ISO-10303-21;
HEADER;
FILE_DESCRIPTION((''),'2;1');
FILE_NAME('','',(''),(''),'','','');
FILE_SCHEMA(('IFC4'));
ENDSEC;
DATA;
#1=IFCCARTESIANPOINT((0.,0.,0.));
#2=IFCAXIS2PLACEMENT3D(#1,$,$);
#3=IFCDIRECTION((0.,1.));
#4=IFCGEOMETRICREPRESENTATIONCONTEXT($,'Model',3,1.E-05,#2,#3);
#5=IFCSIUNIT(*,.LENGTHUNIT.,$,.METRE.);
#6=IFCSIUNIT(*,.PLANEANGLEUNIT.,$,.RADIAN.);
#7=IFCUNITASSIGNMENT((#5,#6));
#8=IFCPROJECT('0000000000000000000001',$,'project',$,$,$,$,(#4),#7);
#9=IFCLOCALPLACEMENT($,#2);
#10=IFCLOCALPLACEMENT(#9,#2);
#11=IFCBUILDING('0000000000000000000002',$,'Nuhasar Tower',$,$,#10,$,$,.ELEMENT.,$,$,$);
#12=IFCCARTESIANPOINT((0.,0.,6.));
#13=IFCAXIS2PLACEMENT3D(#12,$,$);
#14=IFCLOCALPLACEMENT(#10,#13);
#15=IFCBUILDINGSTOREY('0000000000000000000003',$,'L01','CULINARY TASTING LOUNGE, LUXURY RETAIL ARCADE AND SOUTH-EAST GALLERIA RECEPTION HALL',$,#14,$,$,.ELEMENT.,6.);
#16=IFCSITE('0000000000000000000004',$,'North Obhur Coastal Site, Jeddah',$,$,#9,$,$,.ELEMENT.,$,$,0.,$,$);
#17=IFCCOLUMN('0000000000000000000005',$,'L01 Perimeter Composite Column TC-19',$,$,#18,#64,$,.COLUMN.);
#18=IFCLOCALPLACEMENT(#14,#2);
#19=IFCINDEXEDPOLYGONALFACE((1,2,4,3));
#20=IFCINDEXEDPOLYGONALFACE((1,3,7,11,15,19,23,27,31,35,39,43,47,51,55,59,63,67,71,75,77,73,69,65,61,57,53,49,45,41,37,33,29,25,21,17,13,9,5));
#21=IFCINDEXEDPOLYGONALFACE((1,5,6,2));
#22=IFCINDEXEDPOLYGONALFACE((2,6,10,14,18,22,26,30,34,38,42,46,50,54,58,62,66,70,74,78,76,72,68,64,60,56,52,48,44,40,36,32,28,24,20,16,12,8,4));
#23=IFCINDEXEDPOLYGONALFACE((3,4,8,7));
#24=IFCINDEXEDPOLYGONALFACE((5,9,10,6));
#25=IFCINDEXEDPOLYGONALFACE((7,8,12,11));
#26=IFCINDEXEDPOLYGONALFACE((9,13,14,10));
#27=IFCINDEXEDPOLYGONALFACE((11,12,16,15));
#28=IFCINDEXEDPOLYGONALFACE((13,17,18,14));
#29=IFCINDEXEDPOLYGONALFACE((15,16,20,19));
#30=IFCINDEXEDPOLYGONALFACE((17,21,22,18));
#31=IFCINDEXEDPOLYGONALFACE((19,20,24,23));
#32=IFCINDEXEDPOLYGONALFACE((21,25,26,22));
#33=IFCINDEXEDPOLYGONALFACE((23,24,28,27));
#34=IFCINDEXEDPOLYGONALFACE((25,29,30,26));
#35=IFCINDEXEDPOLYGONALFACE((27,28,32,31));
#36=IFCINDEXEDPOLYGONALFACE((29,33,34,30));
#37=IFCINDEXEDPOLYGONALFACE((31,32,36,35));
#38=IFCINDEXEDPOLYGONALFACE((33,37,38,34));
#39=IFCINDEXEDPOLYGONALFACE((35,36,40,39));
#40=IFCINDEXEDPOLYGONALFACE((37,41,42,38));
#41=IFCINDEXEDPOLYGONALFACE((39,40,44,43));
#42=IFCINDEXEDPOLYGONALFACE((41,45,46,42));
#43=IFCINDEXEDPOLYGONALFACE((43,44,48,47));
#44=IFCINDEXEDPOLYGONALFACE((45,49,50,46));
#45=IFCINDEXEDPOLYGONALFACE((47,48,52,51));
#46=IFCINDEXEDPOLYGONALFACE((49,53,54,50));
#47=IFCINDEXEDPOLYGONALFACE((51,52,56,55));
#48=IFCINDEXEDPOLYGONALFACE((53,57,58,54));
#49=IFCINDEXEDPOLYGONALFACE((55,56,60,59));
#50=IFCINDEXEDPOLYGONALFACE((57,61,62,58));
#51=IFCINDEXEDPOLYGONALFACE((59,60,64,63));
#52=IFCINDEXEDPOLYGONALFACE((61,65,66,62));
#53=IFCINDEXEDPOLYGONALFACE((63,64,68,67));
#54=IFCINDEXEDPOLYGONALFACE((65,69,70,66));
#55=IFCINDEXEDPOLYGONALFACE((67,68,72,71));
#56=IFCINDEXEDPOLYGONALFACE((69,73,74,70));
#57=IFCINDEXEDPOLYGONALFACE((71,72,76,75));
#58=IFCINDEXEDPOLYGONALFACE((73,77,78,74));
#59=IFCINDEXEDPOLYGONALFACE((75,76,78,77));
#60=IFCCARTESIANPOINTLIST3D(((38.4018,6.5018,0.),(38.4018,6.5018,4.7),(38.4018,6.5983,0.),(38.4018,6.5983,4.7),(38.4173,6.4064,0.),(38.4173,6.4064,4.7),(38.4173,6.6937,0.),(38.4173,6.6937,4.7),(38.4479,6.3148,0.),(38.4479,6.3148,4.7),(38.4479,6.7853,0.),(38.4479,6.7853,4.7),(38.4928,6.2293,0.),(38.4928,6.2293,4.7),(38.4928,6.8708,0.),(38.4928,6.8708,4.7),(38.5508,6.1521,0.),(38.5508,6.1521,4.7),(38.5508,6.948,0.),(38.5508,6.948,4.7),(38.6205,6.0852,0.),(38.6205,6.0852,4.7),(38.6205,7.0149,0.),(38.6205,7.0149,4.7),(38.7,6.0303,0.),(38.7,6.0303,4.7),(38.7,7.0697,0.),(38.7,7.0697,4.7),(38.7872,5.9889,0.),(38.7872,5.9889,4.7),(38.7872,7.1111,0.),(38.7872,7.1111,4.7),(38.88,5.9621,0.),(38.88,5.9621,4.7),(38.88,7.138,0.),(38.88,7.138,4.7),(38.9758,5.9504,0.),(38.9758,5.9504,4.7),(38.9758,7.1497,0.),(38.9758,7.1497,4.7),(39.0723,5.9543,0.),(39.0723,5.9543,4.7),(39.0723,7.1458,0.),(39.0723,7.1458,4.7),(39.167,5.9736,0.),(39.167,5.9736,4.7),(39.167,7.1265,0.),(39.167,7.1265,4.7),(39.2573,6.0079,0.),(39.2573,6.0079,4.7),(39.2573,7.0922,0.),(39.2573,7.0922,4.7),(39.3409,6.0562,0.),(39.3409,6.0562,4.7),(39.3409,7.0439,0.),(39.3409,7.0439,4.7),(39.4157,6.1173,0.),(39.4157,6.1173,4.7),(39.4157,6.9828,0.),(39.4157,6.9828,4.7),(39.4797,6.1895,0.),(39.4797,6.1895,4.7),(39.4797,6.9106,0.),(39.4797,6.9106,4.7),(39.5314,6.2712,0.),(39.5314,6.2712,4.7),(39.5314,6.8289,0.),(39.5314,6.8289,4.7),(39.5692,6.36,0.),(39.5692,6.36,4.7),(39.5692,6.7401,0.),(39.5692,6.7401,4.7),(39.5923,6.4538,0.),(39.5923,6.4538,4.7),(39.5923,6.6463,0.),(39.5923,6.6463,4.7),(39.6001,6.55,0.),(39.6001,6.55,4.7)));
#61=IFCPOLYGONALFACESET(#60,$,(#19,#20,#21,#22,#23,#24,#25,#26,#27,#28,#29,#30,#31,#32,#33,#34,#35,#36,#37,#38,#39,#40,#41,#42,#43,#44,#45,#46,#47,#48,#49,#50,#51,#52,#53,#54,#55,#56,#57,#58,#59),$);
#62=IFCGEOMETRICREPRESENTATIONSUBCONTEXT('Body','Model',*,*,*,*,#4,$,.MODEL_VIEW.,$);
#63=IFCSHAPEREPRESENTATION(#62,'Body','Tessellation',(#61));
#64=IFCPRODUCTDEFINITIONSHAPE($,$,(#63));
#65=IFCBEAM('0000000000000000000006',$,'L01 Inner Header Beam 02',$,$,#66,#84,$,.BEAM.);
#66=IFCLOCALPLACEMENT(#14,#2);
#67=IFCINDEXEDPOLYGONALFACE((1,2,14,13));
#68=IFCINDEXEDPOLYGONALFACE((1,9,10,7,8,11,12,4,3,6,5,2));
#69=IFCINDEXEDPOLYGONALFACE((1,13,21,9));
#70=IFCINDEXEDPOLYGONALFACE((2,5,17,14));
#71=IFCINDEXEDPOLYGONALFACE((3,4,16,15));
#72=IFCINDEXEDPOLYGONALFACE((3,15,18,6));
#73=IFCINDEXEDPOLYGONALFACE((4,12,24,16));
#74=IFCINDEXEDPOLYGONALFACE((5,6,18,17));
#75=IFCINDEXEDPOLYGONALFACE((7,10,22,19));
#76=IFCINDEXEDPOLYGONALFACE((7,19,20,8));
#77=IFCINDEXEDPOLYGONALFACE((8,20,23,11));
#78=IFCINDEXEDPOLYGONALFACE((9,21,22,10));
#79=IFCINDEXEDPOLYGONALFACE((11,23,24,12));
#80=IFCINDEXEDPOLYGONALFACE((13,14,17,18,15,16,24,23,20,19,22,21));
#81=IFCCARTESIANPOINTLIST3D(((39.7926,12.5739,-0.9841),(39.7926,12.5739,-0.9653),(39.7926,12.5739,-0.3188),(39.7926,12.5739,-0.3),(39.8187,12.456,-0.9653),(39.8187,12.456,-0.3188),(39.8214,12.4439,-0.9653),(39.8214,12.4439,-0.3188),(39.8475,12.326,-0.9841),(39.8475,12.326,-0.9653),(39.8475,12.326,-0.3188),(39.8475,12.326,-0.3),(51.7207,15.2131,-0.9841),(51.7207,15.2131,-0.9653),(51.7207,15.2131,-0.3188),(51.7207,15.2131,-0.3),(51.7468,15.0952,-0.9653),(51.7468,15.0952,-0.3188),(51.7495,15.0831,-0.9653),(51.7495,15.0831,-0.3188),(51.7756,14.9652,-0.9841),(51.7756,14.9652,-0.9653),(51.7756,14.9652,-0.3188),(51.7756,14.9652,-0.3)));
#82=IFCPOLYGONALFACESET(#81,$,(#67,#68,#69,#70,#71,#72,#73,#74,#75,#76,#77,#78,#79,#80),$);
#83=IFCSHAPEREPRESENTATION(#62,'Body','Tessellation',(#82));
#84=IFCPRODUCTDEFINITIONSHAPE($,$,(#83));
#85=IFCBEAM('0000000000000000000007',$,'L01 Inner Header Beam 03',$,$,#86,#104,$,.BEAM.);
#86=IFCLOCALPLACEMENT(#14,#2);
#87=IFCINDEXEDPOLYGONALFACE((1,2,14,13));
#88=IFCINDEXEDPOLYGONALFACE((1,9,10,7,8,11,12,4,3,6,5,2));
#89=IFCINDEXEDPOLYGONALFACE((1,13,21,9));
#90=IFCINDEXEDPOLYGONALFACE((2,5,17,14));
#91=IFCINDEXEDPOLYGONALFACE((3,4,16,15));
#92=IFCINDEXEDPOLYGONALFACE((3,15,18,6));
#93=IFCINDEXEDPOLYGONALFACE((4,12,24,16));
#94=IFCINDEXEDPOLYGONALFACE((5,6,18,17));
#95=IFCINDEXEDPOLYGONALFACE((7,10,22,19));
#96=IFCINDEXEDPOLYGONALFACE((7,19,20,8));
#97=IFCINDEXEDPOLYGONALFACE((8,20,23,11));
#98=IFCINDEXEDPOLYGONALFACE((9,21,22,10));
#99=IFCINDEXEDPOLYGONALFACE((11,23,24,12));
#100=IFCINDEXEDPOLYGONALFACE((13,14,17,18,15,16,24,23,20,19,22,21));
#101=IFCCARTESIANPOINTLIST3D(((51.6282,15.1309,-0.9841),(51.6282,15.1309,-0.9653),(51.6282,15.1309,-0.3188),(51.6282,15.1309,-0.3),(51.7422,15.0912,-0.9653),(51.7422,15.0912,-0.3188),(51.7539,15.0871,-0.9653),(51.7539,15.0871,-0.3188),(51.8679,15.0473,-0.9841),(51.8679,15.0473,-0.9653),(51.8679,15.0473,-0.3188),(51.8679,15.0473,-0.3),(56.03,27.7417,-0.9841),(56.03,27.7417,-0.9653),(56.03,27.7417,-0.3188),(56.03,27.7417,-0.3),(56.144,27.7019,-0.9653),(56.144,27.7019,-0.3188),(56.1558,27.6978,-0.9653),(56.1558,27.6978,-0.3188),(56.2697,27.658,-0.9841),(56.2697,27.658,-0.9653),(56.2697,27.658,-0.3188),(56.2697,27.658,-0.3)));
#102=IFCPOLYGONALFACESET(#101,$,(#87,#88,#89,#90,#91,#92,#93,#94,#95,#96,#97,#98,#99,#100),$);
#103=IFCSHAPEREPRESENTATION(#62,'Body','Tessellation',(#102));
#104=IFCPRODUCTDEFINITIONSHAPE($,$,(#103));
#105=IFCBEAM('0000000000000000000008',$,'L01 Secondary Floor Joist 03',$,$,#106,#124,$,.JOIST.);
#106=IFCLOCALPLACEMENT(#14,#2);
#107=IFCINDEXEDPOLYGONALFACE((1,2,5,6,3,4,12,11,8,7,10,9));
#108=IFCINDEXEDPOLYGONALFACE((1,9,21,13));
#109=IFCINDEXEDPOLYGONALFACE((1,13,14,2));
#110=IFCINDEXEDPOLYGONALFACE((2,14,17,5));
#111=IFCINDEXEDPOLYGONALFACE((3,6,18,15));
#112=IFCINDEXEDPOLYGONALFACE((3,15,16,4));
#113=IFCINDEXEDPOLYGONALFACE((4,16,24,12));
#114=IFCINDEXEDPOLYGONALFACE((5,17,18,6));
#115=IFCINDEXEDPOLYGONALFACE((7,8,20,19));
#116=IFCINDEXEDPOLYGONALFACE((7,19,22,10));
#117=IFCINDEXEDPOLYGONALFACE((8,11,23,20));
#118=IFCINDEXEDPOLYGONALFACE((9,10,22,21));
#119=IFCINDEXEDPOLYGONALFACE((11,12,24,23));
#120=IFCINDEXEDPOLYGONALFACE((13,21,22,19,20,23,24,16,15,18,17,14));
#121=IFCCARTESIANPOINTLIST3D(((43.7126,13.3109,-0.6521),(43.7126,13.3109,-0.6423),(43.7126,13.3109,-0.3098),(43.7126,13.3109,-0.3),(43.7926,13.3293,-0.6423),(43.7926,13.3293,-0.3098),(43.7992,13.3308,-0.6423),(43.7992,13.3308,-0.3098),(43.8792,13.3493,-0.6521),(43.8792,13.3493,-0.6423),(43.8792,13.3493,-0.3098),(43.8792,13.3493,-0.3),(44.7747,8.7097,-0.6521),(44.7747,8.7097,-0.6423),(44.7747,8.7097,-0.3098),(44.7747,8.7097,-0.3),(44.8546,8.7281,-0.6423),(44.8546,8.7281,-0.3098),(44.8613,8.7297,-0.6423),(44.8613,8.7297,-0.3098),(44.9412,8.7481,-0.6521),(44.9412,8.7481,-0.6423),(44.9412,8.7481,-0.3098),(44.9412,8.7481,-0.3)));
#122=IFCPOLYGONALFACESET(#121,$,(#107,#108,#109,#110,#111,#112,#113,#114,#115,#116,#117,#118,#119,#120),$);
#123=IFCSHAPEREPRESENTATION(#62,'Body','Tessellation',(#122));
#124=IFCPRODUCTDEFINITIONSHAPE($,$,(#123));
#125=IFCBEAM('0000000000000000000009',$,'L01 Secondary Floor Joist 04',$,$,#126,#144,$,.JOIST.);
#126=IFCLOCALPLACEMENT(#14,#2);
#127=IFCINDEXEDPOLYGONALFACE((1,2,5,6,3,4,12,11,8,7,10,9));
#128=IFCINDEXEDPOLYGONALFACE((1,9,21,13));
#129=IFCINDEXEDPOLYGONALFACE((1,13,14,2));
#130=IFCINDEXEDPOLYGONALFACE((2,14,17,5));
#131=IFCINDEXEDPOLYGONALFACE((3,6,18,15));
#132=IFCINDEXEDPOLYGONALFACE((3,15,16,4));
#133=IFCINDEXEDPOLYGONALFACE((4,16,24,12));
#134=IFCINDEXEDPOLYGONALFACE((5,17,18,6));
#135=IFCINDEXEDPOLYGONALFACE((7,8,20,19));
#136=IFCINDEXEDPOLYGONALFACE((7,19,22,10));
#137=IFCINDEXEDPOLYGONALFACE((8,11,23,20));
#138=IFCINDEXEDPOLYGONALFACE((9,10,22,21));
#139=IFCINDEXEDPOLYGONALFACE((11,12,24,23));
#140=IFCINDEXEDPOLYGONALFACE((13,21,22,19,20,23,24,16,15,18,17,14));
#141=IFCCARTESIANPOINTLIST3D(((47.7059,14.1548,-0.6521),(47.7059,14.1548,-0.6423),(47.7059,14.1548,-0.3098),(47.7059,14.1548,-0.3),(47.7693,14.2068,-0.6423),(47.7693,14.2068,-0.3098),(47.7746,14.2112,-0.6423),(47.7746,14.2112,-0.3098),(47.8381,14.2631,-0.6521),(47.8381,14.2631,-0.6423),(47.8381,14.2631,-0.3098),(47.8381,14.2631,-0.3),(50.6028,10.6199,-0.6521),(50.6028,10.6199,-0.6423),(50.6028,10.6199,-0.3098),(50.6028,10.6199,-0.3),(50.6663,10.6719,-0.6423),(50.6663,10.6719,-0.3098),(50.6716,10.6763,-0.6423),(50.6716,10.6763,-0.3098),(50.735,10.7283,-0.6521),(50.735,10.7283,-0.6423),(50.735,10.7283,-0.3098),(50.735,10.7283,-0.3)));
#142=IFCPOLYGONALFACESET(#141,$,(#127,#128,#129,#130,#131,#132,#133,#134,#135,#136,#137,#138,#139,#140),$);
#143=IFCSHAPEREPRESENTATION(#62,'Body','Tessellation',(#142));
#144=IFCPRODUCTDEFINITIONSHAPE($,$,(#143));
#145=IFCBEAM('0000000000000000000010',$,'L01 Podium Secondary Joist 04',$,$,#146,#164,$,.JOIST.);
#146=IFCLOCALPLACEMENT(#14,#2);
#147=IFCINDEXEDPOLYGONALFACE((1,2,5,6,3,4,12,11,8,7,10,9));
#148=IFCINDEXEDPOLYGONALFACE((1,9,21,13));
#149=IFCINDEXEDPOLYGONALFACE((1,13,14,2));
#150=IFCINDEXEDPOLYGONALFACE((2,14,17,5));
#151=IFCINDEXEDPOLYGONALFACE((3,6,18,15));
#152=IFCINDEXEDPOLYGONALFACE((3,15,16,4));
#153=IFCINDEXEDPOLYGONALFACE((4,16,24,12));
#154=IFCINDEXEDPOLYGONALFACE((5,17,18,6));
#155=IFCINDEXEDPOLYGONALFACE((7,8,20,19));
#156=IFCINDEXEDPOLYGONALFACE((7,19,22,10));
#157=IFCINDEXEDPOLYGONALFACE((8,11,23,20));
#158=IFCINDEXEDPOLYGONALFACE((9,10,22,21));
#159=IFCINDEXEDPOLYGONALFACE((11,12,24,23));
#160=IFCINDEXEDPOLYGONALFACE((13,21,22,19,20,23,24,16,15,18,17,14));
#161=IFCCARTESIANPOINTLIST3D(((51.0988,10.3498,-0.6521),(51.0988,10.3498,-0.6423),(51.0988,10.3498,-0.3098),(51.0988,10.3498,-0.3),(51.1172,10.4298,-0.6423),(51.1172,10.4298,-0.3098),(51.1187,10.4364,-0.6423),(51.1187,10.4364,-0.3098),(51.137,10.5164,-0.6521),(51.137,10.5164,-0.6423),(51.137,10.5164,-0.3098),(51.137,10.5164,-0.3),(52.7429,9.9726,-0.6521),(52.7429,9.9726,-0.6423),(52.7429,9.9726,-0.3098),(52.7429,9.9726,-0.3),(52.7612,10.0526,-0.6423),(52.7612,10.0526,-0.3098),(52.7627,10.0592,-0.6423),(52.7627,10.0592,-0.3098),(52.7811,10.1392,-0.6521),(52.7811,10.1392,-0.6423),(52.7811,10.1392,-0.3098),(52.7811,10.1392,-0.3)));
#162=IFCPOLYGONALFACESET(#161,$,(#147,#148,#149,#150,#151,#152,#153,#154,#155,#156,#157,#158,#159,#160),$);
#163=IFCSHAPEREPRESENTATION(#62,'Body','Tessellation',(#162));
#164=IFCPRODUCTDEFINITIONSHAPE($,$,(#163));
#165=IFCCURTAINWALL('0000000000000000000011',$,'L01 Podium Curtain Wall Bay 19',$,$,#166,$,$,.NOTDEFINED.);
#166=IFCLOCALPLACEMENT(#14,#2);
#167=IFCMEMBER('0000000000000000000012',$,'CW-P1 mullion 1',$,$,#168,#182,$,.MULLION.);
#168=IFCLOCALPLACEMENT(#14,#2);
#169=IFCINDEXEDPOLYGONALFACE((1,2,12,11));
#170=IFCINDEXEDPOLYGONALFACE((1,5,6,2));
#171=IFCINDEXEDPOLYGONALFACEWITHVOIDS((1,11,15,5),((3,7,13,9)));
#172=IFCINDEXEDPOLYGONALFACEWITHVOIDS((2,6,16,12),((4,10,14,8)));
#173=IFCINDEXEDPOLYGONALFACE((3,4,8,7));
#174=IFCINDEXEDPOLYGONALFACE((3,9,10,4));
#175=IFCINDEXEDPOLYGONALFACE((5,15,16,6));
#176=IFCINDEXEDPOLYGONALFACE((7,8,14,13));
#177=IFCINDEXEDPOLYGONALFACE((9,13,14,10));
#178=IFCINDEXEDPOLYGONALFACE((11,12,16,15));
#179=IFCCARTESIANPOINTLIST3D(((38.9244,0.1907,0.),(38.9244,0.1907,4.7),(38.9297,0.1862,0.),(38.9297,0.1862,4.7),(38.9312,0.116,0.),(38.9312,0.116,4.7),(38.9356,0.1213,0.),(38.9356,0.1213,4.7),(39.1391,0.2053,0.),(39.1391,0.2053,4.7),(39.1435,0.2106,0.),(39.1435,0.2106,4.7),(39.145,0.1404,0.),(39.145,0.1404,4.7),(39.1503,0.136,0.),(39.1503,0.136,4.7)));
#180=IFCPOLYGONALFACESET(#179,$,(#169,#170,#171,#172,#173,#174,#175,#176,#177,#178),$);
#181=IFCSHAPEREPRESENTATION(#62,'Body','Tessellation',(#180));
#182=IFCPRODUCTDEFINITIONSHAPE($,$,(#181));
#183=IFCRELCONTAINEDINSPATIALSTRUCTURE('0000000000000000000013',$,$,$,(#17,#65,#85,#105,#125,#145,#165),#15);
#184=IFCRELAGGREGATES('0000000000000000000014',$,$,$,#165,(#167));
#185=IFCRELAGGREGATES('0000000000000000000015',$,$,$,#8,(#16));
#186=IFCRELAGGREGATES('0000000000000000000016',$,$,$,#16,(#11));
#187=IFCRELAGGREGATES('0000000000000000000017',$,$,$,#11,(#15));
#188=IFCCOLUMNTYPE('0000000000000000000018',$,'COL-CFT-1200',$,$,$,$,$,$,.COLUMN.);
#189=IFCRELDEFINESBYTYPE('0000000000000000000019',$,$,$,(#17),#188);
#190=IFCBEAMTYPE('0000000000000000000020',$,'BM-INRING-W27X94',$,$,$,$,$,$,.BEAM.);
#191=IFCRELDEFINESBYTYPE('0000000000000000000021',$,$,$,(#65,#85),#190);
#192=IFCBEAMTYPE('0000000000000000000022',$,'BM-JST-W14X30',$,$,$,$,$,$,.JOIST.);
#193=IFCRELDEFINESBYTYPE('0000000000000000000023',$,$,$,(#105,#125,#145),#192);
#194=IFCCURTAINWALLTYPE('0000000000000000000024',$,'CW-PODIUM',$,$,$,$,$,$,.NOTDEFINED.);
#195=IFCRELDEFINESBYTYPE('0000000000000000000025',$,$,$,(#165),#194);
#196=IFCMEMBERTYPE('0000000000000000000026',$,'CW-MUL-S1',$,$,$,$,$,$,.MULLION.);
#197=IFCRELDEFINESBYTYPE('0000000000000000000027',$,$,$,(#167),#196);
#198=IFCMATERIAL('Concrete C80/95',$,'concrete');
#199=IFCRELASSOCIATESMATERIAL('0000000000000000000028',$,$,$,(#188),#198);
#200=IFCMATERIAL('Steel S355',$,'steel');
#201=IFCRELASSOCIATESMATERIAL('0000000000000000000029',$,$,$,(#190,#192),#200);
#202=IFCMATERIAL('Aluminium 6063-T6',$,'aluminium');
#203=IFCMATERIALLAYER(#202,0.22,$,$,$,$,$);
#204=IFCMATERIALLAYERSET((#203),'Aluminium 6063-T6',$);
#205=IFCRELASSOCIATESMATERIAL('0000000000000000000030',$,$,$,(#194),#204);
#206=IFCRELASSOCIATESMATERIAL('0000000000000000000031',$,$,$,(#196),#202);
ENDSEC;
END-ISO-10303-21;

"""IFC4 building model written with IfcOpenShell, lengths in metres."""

from ifc_helpers import new_model, si_unit, direction, frame, origin, origin_2d, place, context, subcontext, project, spatial, hollow_rectangle, circle, i_section, extrude, material, layer, layer_set, material_profile, profile_set, type_object, element, aggregate, save


model = new_model("IFC4")

# Units and contexts
model_context = context("Model", 3, precision=1e-05, world=origin(), true_north=direction((0.0, 1.0)))
body_context = subcontext(model_context, "Body", "Model", "MODEL_VIEW")
ifc_project = project(units=[si_unit("LENGTHUNIT", "METRE"), si_unit("PLANEANGLEUNIT", "RADIAN")], contexts=[model_context])

# Site, building, storey
site_placement = place(None, origin())
site = spatial("IfcSite", under=ifc_project, at=site_placement, Name="North Obhur Coastal Site, Jeddah", CompositionType="ELEMENT", RefElevation=0.0)
building_placement = place(site_placement, origin())
building = spatial("IfcBuilding", under=site, at=building_placement, Name="Nuhasar Tower", CompositionType="ELEMENT")
storey_placement = place(building_placement, frame((0.0, 0.0, 6.0)))
storey = spatial("IfcBuildingStorey", under=building, at=storey_placement, Name="L01", Description="CULINARY TASTING LOUNGE, LUXURY RETAIL ARCADE AND SOUTH-EAST GALLERIA RECEPTION HALL", CompositionType="ELEMENT", Elevation=6.0)

# Column
ifc_material_1 = material(Name="Concrete C80/95", Category="concrete")
ifc_material_profile_1 = material_profile(ifc_material_1, circle(Radius=0.6001, at=origin_2d()), Name="CFT1200")
ifc_profile_set_1 = profile_set([ifc_material_profile_1], Name="Concrete C80/95")
column_type = type_object("IfcColumnType", Name="COL-CFT-1200", PredefinedType="COLUMN", material=ifc_profile_set_1)
column_placement = place(storey_placement, frame((39.0, 6.55, 0.0), z_axis=(0.0, 0.0, 1.0), x_axis=(1.0, 0.0, 0.0)))
element("IfcColumn", 1, at=column_placement, inside=storey, type_object=column_type, Name="L01 Perimeter Composite Column TC-19", PredefinedType="COLUMN", context=body_context, shape_type="SweptSolid", body=[
    extrude(circle(Radius=0.6001, at=origin_2d()), origin(), (0.0, 0.0, 1.0), 4.7),
])

# Beams
ifc_material_2 = material(Name="Steel S355", Category="steel")
ifc_material_profile_2 = material_profile(ifc_material_2, i_section(OverallWidth=0.2539, OverallDepth=0.6841, WebThickness=0.0125, FlangeThickness=0.0188, at=origin_2d()), Name="W27X94")
ifc_profile_set_2 = profile_set([ifc_material_profile_2], Name="Steel S355")
beam_type_1 = type_object("IfcBeamType", Name="BM-INRING-W27X94", PredefinedType="BEAM", material=ifc_profile_set_2)
beam_1_placement = place(storey_placement, frame((39.8201, 12.45, -0.6421), z_axis=(0.976386, 0.216033, 0.0), x_axis=(-0.216033, 0.976386, 0.0)))
element("IfcBeam", 2, at=beam_1_placement, inside=storey, type_object=beam_type_1, Name="L01 Inner Header Beam 02", PredefinedType="BEAM", context=body_context, shape_type="SweptSolid", body=[
    extrude(i_section(OverallWidth=0.2539, OverallDepth=0.6841, WebThickness=0.0125, FlangeThickness=0.0188, at=origin_2d()), origin(), (0.0, 0.0, 1.0), 12.2166),
])
beam_2_placement = place(storey_placement, frame((51.748, 15.0891, -0.6421), z_axis=(0.329554, 0.944137, 0.0), x_axis=(-0.944137, 0.329554, 0.0)))
element("IfcBeam", 3, at=beam_2_placement, inside=storey, type_object=beam_type_1, Name="L01 Inner Header Beam 03", PredefinedType="BEAM", context=body_context, shape_type="SweptSolid", body=[
    extrude(i_section(OverallWidth=0.2539, OverallDepth=0.6841, WebThickness=0.0125, FlangeThickness=0.0188, at=origin_2d()), origin(), (0.0, 0.0, 1.0), 13.3569),
])
ifc_material_profile_3 = material_profile(ifc_material_2, i_section(OverallWidth=0.1709, OverallDepth=0.3521, WebThickness=0.0068, FlangeThickness=0.0098, at=origin_2d()), Name="W14X30")
ifc_profile_set_3 = profile_set([ifc_material_profile_3], Name="Steel S355")
beam_type_2 = type_object("IfcBeamType", Name="BM-JST-W14X30", PredefinedType="JOIST", material=ifc_profile_set_3)
beam_3_placement = place(storey_placement, frame((43.7959, 13.3301, -0.4761), z_axis=(0.224905, -0.974381, 0.0), x_axis=(0.974381, 0.224905, 0.0)))
element("IfcBeam", 4, at=beam_3_placement, inside=storey, type_object=beam_type_2, Name="L01 Secondary Floor Joist 03", PredefinedType="JOIST", context=body_context, shape_type="SweptSolid", body=[
    extrude(i_section(OverallWidth=0.1709, OverallDepth=0.3521, WebThickness=0.0068, FlangeThickness=0.0098, at=origin_2d()), origin(), (0.0, 0.0, 1.0), 4.7222),
])
beam_4_placement = place(storey_placement, frame((47.772, 14.209, -0.4761), z_axis=(0.633863, -0.773445, 0.0), x_axis=(0.773445, 0.633863, 0.0)))
element("IfcBeam", 5, at=beam_4_placement, inside=storey, type_object=beam_type_2, Name="L01 Secondary Floor Joist 04", PredefinedType="JOIST", context=body_context, shape_type="SweptSolid", body=[
    extrude(i_section(OverallWidth=0.1709, OverallDepth=0.3521, WebThickness=0.0068, FlangeThickness=0.0098, at=origin_2d()), origin(), (0.0, 0.0, 1.0), 4.5703),
])
beam_5_placement = place(storey_placement, frame((51.1179, 10.4331, -0.4761), z_axis=(0.974676, -0.223623, 0.0), x_axis=(0.223623, 0.974676, 0.0)))
element("IfcBeam", 6, at=beam_5_placement, inside=storey, type_object=beam_type_2, Name="L01 Podium Secondary Joist 04", PredefinedType="JOIST", context=body_context, shape_type="SweptSolid", body=[
    extrude(i_section(OverallWidth=0.1709, OverallDepth=0.3521, WebThickness=0.0068, FlangeThickness=0.0098, at=origin_2d()), origin(), (0.0, 0.0, 1.0), 1.6868),
])

# Curtain wall, member
ifc_material_3 = material(Name="Aluminium 6063-T6", Category="aluminium")
ifc_layer_1 = layer(ifc_material_3, 0.22)
ifc_layer_set_1 = layer_set([ifc_layer_1], Name="Aluminium 6063-T6")
curtain_wall_type = type_object("IfcCurtainWallType", Name="CW-PODIUM", PredefinedType="NOTDEFINED", material=ifc_layer_set_1)
curtain_wall_placement = place(storey_placement, origin())
curtain_wall = element("IfcCurtainWall", 7, at=curtain_wall_placement, inside=storey, type_object=curtain_wall_type, Name="L01 Podium Curtain Wall Bay 19", PredefinedType="NOTDEFINED")
ifc_material_profile_4 = material_profile(ifc_material_3, hollow_rectangle(XDim=0.075, YDim=0.22, WallThickness=0.0049, at=origin_2d()), Name="CWM-1")
ifc_profile_set_4 = profile_set([ifc_material_profile_4], Name="Aluminium 6063-T6")
member_type_1 = type_object("IfcMemberType", Name="CW-MUL-S1", PredefinedType="MULLION", material=ifc_profile_set_4)
member_1_placement = place(storey_placement, frame((39.0374, 0.1633, 0.0), z_axis=(0.0, 0.0, 1.0), x_axis=(-0.090888, 0.995861, 0.0)))
member_1 = element("IfcMember", 8, at=member_1_placement, type_object=member_type_1, Name="CW-P1 mullion 1", PredefinedType="MULLION", context=body_context, shape_type="SweptSolid", body=[
    extrude(hollow_rectangle(XDim=0.075, YDim=0.22, WallThickness=0.0049, at=origin_2d()), origin(), (0.0, 0.0, 1.0), 4.7),
])
aggregate(curtain_wall, [member_1])

save(model, "model.ifc")
